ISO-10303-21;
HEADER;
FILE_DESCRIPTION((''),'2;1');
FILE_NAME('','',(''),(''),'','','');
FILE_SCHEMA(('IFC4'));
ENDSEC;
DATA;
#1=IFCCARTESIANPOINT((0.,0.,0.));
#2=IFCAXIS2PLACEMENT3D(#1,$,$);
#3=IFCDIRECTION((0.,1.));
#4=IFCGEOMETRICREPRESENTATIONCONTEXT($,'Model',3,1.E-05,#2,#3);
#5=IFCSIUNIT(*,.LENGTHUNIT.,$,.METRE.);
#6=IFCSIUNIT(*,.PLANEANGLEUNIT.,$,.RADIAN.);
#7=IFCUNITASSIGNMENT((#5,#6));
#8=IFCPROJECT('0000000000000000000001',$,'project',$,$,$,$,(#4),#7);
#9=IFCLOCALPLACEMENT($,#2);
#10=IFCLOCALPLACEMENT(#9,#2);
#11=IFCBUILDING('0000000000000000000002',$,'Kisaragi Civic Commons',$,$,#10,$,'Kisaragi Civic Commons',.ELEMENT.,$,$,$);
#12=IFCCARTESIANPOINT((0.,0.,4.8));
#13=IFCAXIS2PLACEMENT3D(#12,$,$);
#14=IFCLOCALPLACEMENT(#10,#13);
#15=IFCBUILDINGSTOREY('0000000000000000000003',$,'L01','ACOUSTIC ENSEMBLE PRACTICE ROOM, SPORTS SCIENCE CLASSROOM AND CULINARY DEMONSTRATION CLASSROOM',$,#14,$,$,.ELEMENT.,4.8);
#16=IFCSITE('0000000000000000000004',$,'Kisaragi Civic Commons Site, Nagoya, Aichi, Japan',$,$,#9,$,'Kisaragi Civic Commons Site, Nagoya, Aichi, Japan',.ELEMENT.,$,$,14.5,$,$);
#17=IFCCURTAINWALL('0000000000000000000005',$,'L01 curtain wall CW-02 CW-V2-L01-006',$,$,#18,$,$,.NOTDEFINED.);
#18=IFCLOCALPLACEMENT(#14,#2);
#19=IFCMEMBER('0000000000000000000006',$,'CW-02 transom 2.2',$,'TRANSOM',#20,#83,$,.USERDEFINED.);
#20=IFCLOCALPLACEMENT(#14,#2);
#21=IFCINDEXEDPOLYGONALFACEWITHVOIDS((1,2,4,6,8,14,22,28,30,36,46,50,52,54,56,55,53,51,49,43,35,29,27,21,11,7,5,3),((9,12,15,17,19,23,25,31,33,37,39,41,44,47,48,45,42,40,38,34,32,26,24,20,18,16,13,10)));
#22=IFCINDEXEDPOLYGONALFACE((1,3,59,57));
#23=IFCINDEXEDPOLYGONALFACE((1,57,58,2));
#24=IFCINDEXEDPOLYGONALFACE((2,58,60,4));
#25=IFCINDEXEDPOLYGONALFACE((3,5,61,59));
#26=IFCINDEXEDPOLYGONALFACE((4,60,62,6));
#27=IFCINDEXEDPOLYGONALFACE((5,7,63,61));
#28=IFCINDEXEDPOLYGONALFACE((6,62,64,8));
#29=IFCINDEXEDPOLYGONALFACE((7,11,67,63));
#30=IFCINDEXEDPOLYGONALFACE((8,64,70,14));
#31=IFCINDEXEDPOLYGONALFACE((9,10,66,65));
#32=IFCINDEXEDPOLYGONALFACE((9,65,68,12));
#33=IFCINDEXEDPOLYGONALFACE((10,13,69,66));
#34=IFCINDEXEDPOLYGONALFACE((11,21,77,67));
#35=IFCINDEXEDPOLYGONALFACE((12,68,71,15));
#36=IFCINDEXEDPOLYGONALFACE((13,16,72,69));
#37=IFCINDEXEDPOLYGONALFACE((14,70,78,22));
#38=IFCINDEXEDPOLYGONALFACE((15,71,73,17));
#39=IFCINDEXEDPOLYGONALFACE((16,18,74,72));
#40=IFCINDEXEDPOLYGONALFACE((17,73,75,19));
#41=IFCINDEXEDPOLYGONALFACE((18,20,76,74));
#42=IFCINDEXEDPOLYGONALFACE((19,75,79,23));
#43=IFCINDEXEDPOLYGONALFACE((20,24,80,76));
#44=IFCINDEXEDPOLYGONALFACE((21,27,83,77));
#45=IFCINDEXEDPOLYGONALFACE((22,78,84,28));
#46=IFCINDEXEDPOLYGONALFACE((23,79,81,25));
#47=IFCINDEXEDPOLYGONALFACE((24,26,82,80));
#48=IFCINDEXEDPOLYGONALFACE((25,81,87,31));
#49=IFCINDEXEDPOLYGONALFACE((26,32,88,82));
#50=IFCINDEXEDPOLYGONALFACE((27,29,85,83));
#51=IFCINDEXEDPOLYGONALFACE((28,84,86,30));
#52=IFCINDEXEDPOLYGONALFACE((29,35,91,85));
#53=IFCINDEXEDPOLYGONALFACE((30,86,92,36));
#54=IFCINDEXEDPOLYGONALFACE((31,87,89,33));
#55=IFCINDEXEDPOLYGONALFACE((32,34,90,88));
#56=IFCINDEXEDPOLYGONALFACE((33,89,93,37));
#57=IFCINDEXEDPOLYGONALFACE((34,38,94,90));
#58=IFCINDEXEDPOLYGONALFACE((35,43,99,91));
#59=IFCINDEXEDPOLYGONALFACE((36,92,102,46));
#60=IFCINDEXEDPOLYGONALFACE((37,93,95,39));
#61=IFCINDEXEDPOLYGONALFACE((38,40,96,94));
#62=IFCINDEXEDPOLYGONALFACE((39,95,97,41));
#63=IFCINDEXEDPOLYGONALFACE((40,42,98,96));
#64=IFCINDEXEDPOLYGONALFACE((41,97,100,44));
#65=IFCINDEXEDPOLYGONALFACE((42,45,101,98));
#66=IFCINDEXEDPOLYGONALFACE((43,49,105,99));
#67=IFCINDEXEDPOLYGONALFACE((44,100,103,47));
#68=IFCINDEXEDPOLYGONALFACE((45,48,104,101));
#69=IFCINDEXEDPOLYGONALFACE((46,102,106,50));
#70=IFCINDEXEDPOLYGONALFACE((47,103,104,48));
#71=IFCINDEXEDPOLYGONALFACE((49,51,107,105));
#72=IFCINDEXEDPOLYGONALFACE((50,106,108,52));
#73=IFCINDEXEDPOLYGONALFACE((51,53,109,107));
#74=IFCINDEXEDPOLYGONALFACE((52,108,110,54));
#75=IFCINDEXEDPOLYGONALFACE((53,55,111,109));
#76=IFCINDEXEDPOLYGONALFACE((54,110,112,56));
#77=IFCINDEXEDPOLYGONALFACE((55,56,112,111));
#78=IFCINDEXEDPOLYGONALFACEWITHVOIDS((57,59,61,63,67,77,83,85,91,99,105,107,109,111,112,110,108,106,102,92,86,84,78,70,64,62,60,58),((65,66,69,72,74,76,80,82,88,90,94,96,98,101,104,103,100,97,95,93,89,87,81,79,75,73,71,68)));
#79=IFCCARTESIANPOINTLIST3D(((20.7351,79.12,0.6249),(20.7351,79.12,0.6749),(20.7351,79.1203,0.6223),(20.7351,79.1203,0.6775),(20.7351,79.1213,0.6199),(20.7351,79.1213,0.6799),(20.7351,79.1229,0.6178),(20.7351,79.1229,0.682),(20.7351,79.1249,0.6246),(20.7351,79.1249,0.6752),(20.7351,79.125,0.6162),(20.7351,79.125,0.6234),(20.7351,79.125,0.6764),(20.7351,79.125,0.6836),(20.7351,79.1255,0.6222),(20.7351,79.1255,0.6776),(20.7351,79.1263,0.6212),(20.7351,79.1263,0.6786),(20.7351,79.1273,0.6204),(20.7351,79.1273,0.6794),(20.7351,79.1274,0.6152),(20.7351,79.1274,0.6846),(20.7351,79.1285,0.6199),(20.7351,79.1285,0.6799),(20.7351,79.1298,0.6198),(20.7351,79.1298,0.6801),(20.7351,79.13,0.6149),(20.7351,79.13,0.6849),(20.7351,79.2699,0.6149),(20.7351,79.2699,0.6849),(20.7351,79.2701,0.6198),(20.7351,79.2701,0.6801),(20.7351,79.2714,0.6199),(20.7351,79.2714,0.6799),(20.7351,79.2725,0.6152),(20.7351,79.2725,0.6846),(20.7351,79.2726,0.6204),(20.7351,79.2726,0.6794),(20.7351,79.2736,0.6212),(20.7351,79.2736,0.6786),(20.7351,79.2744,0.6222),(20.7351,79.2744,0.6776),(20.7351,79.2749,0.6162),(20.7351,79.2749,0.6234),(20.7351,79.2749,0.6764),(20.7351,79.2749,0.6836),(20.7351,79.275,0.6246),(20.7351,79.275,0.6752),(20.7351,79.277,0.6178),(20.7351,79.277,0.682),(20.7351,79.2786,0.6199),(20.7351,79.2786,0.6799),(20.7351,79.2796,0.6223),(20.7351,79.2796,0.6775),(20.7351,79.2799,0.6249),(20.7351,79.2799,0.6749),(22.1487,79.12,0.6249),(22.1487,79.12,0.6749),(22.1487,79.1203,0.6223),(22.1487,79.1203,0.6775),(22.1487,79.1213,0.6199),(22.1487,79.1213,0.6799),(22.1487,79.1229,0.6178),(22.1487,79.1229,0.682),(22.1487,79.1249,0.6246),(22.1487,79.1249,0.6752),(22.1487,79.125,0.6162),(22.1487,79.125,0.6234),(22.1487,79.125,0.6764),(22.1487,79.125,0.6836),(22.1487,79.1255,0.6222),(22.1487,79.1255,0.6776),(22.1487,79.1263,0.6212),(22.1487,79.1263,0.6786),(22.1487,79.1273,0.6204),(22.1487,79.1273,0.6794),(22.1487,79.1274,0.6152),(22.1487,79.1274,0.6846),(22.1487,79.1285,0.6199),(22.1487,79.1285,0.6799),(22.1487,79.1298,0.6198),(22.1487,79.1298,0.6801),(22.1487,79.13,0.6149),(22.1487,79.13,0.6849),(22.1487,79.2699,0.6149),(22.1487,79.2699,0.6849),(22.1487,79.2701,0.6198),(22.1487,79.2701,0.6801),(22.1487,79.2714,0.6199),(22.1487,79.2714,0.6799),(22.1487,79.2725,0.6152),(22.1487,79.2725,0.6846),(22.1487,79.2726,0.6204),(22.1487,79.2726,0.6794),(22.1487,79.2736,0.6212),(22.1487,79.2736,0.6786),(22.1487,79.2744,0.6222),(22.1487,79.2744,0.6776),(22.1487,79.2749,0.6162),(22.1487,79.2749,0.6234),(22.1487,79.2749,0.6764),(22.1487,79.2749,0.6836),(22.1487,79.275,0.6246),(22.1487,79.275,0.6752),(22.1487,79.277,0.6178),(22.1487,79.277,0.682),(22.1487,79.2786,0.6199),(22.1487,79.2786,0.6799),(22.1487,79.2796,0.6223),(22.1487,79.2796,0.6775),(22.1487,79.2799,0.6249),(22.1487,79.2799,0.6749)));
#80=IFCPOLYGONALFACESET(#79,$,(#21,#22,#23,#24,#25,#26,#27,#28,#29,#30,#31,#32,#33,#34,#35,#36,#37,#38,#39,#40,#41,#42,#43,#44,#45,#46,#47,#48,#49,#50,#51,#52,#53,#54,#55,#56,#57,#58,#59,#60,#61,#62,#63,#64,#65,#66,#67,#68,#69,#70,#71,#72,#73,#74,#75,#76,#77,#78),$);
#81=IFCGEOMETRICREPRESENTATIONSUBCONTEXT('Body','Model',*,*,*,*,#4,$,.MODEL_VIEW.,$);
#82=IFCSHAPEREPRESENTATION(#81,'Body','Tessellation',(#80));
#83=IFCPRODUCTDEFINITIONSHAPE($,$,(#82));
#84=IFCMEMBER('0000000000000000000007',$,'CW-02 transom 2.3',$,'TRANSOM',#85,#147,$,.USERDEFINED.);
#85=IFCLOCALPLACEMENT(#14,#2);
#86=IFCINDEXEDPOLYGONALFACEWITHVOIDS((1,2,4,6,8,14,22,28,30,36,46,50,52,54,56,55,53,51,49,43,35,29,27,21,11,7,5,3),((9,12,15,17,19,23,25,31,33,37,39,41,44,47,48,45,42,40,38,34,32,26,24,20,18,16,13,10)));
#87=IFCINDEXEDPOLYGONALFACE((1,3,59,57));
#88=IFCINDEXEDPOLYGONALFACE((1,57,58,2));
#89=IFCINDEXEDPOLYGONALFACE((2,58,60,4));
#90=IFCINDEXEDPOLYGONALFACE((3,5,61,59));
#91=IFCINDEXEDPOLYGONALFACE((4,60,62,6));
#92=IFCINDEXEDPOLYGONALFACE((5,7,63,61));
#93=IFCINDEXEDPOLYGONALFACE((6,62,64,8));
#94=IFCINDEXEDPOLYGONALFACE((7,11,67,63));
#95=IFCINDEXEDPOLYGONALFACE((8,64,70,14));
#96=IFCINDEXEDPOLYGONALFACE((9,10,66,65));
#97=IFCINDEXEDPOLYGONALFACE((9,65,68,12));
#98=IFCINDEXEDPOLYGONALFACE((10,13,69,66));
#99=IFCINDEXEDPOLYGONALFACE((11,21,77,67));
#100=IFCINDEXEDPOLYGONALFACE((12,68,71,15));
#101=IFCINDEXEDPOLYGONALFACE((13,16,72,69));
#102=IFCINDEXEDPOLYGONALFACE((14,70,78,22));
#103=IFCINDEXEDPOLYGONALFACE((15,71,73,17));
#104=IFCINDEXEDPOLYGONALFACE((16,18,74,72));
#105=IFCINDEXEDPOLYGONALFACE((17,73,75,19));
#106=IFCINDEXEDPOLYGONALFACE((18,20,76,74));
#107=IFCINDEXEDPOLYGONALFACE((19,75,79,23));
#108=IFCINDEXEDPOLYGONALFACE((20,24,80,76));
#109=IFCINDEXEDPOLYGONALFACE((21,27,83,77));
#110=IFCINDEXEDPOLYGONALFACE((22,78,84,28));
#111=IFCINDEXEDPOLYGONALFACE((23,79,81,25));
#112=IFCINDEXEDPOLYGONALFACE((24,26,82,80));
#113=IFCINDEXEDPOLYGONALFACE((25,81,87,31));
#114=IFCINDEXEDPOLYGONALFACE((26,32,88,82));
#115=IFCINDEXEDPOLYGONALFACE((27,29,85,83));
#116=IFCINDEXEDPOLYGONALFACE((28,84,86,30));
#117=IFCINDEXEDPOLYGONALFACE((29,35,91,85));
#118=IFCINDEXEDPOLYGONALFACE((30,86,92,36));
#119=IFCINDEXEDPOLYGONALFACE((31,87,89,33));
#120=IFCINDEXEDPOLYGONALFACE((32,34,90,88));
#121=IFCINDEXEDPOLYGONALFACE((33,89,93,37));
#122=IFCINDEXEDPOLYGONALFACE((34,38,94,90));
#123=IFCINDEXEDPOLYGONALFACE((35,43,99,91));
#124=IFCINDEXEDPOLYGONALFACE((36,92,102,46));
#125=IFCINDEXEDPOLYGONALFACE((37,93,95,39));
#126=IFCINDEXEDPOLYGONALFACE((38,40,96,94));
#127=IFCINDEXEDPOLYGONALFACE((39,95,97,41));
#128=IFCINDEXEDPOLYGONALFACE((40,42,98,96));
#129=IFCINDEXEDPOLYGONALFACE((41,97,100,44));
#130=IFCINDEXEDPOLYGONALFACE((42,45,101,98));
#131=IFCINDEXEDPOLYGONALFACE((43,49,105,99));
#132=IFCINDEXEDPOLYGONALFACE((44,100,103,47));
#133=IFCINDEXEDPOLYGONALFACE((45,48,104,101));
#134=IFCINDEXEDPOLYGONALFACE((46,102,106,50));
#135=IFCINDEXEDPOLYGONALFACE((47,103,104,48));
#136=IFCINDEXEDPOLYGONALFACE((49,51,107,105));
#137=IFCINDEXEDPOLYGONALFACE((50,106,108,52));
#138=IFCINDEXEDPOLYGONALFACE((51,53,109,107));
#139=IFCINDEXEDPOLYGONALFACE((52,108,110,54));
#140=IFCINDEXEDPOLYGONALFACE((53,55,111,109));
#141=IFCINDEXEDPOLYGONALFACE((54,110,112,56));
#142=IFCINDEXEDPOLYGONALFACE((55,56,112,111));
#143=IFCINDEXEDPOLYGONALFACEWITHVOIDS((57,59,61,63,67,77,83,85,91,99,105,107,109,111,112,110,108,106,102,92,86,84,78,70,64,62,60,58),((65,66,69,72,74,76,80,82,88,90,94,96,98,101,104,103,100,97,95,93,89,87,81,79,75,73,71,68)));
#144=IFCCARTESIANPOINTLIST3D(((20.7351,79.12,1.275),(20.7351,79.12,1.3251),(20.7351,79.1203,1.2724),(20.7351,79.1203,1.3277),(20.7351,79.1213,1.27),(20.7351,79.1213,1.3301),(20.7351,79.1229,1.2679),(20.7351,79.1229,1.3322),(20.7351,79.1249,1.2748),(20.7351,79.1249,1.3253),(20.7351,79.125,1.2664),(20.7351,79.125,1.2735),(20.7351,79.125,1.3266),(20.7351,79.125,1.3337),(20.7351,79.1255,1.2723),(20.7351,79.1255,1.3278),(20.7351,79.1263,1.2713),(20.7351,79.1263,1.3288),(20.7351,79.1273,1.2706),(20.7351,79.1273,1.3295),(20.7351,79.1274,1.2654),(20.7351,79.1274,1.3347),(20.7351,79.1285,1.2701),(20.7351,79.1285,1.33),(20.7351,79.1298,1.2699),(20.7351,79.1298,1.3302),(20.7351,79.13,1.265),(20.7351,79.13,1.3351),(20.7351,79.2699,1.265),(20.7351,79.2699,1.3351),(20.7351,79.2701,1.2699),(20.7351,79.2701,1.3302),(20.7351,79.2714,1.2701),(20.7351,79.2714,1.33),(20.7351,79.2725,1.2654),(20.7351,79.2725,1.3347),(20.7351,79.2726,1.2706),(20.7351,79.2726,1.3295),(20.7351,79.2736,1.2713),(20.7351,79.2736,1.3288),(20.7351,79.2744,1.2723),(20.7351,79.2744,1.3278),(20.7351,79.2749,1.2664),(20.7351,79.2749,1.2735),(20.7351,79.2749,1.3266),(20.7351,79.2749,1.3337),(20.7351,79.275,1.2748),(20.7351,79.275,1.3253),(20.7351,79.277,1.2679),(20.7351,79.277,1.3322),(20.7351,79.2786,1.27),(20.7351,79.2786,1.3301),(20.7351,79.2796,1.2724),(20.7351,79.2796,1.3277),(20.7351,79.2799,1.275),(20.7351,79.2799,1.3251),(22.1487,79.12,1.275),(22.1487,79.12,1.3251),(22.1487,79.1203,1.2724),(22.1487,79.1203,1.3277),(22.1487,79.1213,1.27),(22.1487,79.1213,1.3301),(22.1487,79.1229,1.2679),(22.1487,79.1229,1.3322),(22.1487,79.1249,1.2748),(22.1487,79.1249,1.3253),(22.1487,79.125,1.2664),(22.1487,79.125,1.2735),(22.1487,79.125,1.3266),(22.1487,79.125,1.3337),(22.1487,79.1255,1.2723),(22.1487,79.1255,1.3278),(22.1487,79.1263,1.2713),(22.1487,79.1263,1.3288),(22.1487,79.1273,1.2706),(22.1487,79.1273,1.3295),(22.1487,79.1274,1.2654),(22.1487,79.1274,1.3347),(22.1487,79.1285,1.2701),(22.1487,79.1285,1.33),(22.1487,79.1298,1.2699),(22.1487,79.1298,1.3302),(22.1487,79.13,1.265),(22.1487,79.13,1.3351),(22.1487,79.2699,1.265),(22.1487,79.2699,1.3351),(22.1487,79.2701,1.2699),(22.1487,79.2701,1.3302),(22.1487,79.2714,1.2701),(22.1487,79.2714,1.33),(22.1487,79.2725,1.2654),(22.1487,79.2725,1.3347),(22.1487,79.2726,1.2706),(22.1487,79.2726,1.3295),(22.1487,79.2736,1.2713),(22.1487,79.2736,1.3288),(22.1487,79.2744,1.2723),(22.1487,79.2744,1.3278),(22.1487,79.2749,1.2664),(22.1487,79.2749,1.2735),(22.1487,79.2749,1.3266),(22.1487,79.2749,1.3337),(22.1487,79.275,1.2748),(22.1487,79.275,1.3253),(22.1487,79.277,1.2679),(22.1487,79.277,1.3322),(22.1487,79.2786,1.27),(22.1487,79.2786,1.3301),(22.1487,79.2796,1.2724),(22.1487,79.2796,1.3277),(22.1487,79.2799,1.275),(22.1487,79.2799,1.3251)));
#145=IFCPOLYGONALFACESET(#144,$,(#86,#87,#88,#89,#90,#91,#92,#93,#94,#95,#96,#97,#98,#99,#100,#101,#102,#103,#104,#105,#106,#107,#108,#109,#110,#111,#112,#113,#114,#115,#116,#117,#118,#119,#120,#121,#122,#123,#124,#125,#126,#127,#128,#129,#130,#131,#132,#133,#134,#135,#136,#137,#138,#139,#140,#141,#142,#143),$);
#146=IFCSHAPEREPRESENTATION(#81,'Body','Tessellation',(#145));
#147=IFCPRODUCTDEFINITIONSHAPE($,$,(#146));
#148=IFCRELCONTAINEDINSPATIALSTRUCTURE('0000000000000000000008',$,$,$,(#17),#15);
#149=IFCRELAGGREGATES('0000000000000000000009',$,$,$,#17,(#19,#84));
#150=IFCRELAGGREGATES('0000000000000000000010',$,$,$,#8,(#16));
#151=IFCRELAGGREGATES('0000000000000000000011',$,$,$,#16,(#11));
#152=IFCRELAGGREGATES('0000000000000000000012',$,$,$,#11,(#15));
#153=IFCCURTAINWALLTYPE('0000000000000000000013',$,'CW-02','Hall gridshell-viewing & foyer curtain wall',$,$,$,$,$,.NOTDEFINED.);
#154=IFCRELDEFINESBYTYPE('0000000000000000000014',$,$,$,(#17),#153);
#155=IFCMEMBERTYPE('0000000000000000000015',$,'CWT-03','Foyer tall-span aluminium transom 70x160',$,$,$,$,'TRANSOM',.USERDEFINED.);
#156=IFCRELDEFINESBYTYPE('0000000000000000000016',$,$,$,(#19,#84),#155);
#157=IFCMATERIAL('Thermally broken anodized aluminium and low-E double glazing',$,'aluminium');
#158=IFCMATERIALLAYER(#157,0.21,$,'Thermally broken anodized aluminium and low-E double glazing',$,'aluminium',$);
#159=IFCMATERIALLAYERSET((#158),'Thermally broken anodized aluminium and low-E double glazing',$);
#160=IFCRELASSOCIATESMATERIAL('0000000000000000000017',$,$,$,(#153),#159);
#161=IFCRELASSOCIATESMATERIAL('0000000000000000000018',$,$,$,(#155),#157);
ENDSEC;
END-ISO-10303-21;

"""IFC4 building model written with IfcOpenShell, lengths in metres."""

from ifc_helpers import new_model, si_unit, direction, frame, origin, origin_2d, place, context, subcontext, project, spatial, hollow_rectangle, extrude, material, layer, layer_set, material_profile, profile_set, type_object, element, aggregate, save


model = new_model("IFC4")

# Units and contexts
model_context = context("Model", 3, precision=1e-05, world=origin(), true_north=direction((0.0, 1.0)))
body_context = subcontext(model_context, "Body", "Model", "MODEL_VIEW")
ifc_project = project(units=[si_unit("LENGTHUNIT", "METRE"), si_unit("PLANEANGLEUNIT", "RADIAN")], contexts=[model_context])

# Site, building, storey
site_placement = place(None, origin())
site = spatial("IfcSite", under=ifc_project, at=site_placement, Name="Kisaragi Civic Commons Site, Nagoya, Aichi, Japan", LongName="Kisaragi Civic Commons Site, Nagoya, Aichi, Japan", CompositionType="ELEMENT", RefElevation=14.5)
building_placement = place(site_placement, origin())
building = spatial("IfcBuilding", under=site, at=building_placement, Name="Kisaragi Civic Commons", LongName="Kisaragi Civic Commons", CompositionType="ELEMENT")
storey_placement = place(building_placement, frame((0.0, 0.0, 4.8)))
storey = spatial("IfcBuildingStorey", under=building, at=storey_placement, Name="L01", Description="ACOUSTIC ENSEMBLE PRACTICE ROOM, SPORTS SCIENCE CLASSROOM AND CULINARY DEMONSTRATION CLASSROOM", CompositionType="ELEMENT", Elevation=4.8)

# Curtain wall, members
ifc_material_1 = material(Name="Thermally broken anodized aluminium and low-E double glazing", Category="aluminium")
ifc_layer_1 = layer(ifc_material_1, 0.21, Name="Thermally broken anodized aluminium and low-E double glazing", Category="aluminium")
ifc_layer_set_1 = layer_set([ifc_layer_1], Name="Thermally broken anodized aluminium and low-E double glazing")
curtain_wall_type = type_object("IfcCurtainWallType", Name="CW-02", Description="Hall gridshell-viewing & foyer curtain wall", PredefinedType="NOTDEFINED", material=ifc_layer_set_1)
curtain_wall_placement = place(storey_placement, origin())
curtain_wall = element("IfcCurtainWall", 1, at=curtain_wall_placement, inside=storey, type_object=curtain_wall_type, Name="L01 curtain wall CW-02 CW-V2-L01-006", PredefinedType="NOTDEFINED")
ifc_material_profile_1 = material_profile(ifc_material_1, hollow_rectangle(XDim=0.1599, YDim=0.0701, WallThickness=0.0049, InnerFilletRadius=0.0049, OuterFilletRadius=0.01, at=origin_2d()), Name="CWT-70x160x5", Category="aluminium")
ifc_profile_set_1 = profile_set([ifc_material_profile_1], Name="Thermally broken anodized aluminium and low-E double glazing")
member_type_1 = type_object("IfcMemberType", Name="CWT-03", Description="Foyer tall-span aluminium transom 70x160", ElementType="TRANSOM", PredefinedType="USERDEFINED", material=ifc_profile_set_1)
member_1_placement = place(storey_placement, frame((22.1487, 79.2, 0.6499), z_axis=(-1.0, 0.0, 0.0), x_axis=(0.0, -1.0, 0.0)))
member_1 = element("IfcMember", 2, at=member_1_placement, type_object=member_type_1, Name="CW-02 transom 2.2", ObjectType="TRANSOM", PredefinedType="USERDEFINED", context=body_context, shape_type="SweptSolid", body=[
    extrude(hollow_rectangle(XDim=0.1599, YDim=0.0701, WallThickness=0.0049, InnerFilletRadius=0.0049, OuterFilletRadius=0.01, at=origin_2d()), origin(), (0.0, 0.0, 1.0), 1.4136),
])
member_2_placement = place(storey_placement, frame((22.1487, 79.2, 1.3), z_axis=(-1.0, 0.0, 0.0), x_axis=(0.0, -1.0, 0.0)))
member_2 = element("IfcMember", 3, at=member_2_placement, type_object=member_type_1, Name="CW-02 transom 2.3", ObjectType="TRANSOM", PredefinedType="USERDEFINED", context=body_context, shape_type="SweptSolid", body=[
    extrude(hollow_rectangle(XDim=0.1599, YDim=0.0701, WallThickness=0.0049, InnerFilletRadius=0.0049, OuterFilletRadius=0.01, at=origin_2d()), origin(), (0.0, 0.0, 1.0), 1.4136),
])

aggregate(curtain_wall, [member_1, member_2])

save(model, "model.ifc")
